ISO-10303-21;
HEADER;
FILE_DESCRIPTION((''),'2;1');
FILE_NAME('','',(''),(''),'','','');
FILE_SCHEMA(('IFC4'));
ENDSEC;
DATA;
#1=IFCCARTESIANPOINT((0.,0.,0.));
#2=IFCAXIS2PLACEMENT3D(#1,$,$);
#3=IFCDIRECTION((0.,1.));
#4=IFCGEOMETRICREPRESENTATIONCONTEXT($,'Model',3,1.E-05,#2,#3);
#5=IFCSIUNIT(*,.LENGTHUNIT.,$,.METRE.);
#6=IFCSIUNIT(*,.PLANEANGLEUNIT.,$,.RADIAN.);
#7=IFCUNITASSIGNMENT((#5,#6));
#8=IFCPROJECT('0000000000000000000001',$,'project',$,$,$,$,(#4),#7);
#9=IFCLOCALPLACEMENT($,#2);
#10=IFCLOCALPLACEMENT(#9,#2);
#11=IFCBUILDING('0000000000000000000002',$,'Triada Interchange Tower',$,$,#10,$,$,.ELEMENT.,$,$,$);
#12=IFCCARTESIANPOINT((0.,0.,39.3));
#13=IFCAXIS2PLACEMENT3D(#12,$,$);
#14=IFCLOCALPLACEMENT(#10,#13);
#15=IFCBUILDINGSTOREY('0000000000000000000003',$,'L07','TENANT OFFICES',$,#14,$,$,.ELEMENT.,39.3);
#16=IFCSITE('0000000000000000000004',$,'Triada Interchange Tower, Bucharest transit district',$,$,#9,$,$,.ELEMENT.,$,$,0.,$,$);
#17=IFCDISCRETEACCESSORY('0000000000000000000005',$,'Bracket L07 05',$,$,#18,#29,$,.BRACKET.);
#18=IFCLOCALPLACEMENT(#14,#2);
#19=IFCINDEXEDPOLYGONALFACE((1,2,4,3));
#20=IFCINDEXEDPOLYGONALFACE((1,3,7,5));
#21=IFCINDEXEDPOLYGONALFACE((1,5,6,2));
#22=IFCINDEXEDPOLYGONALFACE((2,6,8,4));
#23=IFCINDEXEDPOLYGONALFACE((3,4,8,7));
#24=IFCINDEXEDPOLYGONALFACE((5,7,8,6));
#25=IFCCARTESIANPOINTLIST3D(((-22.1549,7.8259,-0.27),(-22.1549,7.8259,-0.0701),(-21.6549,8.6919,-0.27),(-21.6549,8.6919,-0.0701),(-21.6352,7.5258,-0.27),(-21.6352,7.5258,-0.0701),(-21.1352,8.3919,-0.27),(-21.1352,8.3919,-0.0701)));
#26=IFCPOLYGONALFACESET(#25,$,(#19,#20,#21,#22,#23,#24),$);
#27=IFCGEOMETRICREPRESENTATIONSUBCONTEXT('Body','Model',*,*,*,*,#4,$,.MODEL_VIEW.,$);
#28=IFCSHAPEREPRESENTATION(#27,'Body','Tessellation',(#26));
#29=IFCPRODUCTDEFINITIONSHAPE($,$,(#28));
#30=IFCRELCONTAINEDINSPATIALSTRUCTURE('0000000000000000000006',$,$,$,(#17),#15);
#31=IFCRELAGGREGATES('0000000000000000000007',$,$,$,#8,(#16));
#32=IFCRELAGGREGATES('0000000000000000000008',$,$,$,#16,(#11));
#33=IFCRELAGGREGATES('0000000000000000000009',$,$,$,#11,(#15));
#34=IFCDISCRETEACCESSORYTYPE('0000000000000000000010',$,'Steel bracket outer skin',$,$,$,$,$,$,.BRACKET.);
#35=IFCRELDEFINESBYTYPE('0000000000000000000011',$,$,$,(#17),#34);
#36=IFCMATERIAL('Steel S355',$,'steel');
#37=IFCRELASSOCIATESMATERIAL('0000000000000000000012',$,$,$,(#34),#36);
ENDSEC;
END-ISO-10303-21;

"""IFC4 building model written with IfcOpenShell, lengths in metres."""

from ifc_helpers import new_model, si_unit, direction, frame, origin, origin_2d, place, context, subcontext, project, spatial, rectangle, extrude, material, type_object, element, save


model = new_model("IFC4")

# Units and contexts
model_context = context("Model", 3, precision=1e-05, world=origin(), true_north=direction((0.0, 1.0)))
body_context = subcontext(model_context, "Body", "Model", "MODEL_VIEW")
ifc_project = project(units=[si_unit("LENGTHUNIT", "METRE"), si_unit("PLANEANGLEUNIT", "RADIAN")], contexts=[model_context])

# Site, building, storey
site_placement = place(None, origin())
site = spatial("IfcSite", under=ifc_project, at=site_placement, Name="Triada Interchange Tower, Bucharest transit district", CompositionType="ELEMENT", RefElevation=0.0)
building_placement = place(site_placement, origin())
building = spatial("IfcBuilding", under=site, at=building_placement, Name="Triada Interchange Tower", CompositionType="ELEMENT")
storey_placement = place(building_placement, frame((0.0, 0.0, 39.3)))
storey = spatial("IfcBuildingStorey", under=building, at=storey_placement, Name="L07", Description="TENANT OFFICES", CompositionType="ELEMENT", Elevation=39.3)

# Discrete accessory
ifc_material_1 = material(Name="Steel S355", Category="steel")
discrete_accessory_type = type_object("IfcDiscreteAccessoryType", Name="Steel bracket outer skin", PredefinedType="BRACKET", material=ifc_material_1)
for number, where, z_axis, x_axis, name in (
    (1, (-21.645, 8.1089, -0.27), (0.0, 0.0, 1.0), (-0.866021, 0.500008, 0.0), "Bracket L07 05"),
):
    element("IfcDiscreteAccessory", number, at=place(storey_placement, frame(where, z_axis=z_axis, x_axis=x_axis)), inside=storey, type_object=discrete_accessory_type, Name=name, PredefinedType="BRACKET", context=body_context, shape_type="SweptSolid", body=[
        extrude(rectangle(XDim=0.6001, YDim=1.0, at=origin_2d()), origin(), (0.0, 0.0, 1.0), 0.2),
    ])

save(model, "model.ifc")
